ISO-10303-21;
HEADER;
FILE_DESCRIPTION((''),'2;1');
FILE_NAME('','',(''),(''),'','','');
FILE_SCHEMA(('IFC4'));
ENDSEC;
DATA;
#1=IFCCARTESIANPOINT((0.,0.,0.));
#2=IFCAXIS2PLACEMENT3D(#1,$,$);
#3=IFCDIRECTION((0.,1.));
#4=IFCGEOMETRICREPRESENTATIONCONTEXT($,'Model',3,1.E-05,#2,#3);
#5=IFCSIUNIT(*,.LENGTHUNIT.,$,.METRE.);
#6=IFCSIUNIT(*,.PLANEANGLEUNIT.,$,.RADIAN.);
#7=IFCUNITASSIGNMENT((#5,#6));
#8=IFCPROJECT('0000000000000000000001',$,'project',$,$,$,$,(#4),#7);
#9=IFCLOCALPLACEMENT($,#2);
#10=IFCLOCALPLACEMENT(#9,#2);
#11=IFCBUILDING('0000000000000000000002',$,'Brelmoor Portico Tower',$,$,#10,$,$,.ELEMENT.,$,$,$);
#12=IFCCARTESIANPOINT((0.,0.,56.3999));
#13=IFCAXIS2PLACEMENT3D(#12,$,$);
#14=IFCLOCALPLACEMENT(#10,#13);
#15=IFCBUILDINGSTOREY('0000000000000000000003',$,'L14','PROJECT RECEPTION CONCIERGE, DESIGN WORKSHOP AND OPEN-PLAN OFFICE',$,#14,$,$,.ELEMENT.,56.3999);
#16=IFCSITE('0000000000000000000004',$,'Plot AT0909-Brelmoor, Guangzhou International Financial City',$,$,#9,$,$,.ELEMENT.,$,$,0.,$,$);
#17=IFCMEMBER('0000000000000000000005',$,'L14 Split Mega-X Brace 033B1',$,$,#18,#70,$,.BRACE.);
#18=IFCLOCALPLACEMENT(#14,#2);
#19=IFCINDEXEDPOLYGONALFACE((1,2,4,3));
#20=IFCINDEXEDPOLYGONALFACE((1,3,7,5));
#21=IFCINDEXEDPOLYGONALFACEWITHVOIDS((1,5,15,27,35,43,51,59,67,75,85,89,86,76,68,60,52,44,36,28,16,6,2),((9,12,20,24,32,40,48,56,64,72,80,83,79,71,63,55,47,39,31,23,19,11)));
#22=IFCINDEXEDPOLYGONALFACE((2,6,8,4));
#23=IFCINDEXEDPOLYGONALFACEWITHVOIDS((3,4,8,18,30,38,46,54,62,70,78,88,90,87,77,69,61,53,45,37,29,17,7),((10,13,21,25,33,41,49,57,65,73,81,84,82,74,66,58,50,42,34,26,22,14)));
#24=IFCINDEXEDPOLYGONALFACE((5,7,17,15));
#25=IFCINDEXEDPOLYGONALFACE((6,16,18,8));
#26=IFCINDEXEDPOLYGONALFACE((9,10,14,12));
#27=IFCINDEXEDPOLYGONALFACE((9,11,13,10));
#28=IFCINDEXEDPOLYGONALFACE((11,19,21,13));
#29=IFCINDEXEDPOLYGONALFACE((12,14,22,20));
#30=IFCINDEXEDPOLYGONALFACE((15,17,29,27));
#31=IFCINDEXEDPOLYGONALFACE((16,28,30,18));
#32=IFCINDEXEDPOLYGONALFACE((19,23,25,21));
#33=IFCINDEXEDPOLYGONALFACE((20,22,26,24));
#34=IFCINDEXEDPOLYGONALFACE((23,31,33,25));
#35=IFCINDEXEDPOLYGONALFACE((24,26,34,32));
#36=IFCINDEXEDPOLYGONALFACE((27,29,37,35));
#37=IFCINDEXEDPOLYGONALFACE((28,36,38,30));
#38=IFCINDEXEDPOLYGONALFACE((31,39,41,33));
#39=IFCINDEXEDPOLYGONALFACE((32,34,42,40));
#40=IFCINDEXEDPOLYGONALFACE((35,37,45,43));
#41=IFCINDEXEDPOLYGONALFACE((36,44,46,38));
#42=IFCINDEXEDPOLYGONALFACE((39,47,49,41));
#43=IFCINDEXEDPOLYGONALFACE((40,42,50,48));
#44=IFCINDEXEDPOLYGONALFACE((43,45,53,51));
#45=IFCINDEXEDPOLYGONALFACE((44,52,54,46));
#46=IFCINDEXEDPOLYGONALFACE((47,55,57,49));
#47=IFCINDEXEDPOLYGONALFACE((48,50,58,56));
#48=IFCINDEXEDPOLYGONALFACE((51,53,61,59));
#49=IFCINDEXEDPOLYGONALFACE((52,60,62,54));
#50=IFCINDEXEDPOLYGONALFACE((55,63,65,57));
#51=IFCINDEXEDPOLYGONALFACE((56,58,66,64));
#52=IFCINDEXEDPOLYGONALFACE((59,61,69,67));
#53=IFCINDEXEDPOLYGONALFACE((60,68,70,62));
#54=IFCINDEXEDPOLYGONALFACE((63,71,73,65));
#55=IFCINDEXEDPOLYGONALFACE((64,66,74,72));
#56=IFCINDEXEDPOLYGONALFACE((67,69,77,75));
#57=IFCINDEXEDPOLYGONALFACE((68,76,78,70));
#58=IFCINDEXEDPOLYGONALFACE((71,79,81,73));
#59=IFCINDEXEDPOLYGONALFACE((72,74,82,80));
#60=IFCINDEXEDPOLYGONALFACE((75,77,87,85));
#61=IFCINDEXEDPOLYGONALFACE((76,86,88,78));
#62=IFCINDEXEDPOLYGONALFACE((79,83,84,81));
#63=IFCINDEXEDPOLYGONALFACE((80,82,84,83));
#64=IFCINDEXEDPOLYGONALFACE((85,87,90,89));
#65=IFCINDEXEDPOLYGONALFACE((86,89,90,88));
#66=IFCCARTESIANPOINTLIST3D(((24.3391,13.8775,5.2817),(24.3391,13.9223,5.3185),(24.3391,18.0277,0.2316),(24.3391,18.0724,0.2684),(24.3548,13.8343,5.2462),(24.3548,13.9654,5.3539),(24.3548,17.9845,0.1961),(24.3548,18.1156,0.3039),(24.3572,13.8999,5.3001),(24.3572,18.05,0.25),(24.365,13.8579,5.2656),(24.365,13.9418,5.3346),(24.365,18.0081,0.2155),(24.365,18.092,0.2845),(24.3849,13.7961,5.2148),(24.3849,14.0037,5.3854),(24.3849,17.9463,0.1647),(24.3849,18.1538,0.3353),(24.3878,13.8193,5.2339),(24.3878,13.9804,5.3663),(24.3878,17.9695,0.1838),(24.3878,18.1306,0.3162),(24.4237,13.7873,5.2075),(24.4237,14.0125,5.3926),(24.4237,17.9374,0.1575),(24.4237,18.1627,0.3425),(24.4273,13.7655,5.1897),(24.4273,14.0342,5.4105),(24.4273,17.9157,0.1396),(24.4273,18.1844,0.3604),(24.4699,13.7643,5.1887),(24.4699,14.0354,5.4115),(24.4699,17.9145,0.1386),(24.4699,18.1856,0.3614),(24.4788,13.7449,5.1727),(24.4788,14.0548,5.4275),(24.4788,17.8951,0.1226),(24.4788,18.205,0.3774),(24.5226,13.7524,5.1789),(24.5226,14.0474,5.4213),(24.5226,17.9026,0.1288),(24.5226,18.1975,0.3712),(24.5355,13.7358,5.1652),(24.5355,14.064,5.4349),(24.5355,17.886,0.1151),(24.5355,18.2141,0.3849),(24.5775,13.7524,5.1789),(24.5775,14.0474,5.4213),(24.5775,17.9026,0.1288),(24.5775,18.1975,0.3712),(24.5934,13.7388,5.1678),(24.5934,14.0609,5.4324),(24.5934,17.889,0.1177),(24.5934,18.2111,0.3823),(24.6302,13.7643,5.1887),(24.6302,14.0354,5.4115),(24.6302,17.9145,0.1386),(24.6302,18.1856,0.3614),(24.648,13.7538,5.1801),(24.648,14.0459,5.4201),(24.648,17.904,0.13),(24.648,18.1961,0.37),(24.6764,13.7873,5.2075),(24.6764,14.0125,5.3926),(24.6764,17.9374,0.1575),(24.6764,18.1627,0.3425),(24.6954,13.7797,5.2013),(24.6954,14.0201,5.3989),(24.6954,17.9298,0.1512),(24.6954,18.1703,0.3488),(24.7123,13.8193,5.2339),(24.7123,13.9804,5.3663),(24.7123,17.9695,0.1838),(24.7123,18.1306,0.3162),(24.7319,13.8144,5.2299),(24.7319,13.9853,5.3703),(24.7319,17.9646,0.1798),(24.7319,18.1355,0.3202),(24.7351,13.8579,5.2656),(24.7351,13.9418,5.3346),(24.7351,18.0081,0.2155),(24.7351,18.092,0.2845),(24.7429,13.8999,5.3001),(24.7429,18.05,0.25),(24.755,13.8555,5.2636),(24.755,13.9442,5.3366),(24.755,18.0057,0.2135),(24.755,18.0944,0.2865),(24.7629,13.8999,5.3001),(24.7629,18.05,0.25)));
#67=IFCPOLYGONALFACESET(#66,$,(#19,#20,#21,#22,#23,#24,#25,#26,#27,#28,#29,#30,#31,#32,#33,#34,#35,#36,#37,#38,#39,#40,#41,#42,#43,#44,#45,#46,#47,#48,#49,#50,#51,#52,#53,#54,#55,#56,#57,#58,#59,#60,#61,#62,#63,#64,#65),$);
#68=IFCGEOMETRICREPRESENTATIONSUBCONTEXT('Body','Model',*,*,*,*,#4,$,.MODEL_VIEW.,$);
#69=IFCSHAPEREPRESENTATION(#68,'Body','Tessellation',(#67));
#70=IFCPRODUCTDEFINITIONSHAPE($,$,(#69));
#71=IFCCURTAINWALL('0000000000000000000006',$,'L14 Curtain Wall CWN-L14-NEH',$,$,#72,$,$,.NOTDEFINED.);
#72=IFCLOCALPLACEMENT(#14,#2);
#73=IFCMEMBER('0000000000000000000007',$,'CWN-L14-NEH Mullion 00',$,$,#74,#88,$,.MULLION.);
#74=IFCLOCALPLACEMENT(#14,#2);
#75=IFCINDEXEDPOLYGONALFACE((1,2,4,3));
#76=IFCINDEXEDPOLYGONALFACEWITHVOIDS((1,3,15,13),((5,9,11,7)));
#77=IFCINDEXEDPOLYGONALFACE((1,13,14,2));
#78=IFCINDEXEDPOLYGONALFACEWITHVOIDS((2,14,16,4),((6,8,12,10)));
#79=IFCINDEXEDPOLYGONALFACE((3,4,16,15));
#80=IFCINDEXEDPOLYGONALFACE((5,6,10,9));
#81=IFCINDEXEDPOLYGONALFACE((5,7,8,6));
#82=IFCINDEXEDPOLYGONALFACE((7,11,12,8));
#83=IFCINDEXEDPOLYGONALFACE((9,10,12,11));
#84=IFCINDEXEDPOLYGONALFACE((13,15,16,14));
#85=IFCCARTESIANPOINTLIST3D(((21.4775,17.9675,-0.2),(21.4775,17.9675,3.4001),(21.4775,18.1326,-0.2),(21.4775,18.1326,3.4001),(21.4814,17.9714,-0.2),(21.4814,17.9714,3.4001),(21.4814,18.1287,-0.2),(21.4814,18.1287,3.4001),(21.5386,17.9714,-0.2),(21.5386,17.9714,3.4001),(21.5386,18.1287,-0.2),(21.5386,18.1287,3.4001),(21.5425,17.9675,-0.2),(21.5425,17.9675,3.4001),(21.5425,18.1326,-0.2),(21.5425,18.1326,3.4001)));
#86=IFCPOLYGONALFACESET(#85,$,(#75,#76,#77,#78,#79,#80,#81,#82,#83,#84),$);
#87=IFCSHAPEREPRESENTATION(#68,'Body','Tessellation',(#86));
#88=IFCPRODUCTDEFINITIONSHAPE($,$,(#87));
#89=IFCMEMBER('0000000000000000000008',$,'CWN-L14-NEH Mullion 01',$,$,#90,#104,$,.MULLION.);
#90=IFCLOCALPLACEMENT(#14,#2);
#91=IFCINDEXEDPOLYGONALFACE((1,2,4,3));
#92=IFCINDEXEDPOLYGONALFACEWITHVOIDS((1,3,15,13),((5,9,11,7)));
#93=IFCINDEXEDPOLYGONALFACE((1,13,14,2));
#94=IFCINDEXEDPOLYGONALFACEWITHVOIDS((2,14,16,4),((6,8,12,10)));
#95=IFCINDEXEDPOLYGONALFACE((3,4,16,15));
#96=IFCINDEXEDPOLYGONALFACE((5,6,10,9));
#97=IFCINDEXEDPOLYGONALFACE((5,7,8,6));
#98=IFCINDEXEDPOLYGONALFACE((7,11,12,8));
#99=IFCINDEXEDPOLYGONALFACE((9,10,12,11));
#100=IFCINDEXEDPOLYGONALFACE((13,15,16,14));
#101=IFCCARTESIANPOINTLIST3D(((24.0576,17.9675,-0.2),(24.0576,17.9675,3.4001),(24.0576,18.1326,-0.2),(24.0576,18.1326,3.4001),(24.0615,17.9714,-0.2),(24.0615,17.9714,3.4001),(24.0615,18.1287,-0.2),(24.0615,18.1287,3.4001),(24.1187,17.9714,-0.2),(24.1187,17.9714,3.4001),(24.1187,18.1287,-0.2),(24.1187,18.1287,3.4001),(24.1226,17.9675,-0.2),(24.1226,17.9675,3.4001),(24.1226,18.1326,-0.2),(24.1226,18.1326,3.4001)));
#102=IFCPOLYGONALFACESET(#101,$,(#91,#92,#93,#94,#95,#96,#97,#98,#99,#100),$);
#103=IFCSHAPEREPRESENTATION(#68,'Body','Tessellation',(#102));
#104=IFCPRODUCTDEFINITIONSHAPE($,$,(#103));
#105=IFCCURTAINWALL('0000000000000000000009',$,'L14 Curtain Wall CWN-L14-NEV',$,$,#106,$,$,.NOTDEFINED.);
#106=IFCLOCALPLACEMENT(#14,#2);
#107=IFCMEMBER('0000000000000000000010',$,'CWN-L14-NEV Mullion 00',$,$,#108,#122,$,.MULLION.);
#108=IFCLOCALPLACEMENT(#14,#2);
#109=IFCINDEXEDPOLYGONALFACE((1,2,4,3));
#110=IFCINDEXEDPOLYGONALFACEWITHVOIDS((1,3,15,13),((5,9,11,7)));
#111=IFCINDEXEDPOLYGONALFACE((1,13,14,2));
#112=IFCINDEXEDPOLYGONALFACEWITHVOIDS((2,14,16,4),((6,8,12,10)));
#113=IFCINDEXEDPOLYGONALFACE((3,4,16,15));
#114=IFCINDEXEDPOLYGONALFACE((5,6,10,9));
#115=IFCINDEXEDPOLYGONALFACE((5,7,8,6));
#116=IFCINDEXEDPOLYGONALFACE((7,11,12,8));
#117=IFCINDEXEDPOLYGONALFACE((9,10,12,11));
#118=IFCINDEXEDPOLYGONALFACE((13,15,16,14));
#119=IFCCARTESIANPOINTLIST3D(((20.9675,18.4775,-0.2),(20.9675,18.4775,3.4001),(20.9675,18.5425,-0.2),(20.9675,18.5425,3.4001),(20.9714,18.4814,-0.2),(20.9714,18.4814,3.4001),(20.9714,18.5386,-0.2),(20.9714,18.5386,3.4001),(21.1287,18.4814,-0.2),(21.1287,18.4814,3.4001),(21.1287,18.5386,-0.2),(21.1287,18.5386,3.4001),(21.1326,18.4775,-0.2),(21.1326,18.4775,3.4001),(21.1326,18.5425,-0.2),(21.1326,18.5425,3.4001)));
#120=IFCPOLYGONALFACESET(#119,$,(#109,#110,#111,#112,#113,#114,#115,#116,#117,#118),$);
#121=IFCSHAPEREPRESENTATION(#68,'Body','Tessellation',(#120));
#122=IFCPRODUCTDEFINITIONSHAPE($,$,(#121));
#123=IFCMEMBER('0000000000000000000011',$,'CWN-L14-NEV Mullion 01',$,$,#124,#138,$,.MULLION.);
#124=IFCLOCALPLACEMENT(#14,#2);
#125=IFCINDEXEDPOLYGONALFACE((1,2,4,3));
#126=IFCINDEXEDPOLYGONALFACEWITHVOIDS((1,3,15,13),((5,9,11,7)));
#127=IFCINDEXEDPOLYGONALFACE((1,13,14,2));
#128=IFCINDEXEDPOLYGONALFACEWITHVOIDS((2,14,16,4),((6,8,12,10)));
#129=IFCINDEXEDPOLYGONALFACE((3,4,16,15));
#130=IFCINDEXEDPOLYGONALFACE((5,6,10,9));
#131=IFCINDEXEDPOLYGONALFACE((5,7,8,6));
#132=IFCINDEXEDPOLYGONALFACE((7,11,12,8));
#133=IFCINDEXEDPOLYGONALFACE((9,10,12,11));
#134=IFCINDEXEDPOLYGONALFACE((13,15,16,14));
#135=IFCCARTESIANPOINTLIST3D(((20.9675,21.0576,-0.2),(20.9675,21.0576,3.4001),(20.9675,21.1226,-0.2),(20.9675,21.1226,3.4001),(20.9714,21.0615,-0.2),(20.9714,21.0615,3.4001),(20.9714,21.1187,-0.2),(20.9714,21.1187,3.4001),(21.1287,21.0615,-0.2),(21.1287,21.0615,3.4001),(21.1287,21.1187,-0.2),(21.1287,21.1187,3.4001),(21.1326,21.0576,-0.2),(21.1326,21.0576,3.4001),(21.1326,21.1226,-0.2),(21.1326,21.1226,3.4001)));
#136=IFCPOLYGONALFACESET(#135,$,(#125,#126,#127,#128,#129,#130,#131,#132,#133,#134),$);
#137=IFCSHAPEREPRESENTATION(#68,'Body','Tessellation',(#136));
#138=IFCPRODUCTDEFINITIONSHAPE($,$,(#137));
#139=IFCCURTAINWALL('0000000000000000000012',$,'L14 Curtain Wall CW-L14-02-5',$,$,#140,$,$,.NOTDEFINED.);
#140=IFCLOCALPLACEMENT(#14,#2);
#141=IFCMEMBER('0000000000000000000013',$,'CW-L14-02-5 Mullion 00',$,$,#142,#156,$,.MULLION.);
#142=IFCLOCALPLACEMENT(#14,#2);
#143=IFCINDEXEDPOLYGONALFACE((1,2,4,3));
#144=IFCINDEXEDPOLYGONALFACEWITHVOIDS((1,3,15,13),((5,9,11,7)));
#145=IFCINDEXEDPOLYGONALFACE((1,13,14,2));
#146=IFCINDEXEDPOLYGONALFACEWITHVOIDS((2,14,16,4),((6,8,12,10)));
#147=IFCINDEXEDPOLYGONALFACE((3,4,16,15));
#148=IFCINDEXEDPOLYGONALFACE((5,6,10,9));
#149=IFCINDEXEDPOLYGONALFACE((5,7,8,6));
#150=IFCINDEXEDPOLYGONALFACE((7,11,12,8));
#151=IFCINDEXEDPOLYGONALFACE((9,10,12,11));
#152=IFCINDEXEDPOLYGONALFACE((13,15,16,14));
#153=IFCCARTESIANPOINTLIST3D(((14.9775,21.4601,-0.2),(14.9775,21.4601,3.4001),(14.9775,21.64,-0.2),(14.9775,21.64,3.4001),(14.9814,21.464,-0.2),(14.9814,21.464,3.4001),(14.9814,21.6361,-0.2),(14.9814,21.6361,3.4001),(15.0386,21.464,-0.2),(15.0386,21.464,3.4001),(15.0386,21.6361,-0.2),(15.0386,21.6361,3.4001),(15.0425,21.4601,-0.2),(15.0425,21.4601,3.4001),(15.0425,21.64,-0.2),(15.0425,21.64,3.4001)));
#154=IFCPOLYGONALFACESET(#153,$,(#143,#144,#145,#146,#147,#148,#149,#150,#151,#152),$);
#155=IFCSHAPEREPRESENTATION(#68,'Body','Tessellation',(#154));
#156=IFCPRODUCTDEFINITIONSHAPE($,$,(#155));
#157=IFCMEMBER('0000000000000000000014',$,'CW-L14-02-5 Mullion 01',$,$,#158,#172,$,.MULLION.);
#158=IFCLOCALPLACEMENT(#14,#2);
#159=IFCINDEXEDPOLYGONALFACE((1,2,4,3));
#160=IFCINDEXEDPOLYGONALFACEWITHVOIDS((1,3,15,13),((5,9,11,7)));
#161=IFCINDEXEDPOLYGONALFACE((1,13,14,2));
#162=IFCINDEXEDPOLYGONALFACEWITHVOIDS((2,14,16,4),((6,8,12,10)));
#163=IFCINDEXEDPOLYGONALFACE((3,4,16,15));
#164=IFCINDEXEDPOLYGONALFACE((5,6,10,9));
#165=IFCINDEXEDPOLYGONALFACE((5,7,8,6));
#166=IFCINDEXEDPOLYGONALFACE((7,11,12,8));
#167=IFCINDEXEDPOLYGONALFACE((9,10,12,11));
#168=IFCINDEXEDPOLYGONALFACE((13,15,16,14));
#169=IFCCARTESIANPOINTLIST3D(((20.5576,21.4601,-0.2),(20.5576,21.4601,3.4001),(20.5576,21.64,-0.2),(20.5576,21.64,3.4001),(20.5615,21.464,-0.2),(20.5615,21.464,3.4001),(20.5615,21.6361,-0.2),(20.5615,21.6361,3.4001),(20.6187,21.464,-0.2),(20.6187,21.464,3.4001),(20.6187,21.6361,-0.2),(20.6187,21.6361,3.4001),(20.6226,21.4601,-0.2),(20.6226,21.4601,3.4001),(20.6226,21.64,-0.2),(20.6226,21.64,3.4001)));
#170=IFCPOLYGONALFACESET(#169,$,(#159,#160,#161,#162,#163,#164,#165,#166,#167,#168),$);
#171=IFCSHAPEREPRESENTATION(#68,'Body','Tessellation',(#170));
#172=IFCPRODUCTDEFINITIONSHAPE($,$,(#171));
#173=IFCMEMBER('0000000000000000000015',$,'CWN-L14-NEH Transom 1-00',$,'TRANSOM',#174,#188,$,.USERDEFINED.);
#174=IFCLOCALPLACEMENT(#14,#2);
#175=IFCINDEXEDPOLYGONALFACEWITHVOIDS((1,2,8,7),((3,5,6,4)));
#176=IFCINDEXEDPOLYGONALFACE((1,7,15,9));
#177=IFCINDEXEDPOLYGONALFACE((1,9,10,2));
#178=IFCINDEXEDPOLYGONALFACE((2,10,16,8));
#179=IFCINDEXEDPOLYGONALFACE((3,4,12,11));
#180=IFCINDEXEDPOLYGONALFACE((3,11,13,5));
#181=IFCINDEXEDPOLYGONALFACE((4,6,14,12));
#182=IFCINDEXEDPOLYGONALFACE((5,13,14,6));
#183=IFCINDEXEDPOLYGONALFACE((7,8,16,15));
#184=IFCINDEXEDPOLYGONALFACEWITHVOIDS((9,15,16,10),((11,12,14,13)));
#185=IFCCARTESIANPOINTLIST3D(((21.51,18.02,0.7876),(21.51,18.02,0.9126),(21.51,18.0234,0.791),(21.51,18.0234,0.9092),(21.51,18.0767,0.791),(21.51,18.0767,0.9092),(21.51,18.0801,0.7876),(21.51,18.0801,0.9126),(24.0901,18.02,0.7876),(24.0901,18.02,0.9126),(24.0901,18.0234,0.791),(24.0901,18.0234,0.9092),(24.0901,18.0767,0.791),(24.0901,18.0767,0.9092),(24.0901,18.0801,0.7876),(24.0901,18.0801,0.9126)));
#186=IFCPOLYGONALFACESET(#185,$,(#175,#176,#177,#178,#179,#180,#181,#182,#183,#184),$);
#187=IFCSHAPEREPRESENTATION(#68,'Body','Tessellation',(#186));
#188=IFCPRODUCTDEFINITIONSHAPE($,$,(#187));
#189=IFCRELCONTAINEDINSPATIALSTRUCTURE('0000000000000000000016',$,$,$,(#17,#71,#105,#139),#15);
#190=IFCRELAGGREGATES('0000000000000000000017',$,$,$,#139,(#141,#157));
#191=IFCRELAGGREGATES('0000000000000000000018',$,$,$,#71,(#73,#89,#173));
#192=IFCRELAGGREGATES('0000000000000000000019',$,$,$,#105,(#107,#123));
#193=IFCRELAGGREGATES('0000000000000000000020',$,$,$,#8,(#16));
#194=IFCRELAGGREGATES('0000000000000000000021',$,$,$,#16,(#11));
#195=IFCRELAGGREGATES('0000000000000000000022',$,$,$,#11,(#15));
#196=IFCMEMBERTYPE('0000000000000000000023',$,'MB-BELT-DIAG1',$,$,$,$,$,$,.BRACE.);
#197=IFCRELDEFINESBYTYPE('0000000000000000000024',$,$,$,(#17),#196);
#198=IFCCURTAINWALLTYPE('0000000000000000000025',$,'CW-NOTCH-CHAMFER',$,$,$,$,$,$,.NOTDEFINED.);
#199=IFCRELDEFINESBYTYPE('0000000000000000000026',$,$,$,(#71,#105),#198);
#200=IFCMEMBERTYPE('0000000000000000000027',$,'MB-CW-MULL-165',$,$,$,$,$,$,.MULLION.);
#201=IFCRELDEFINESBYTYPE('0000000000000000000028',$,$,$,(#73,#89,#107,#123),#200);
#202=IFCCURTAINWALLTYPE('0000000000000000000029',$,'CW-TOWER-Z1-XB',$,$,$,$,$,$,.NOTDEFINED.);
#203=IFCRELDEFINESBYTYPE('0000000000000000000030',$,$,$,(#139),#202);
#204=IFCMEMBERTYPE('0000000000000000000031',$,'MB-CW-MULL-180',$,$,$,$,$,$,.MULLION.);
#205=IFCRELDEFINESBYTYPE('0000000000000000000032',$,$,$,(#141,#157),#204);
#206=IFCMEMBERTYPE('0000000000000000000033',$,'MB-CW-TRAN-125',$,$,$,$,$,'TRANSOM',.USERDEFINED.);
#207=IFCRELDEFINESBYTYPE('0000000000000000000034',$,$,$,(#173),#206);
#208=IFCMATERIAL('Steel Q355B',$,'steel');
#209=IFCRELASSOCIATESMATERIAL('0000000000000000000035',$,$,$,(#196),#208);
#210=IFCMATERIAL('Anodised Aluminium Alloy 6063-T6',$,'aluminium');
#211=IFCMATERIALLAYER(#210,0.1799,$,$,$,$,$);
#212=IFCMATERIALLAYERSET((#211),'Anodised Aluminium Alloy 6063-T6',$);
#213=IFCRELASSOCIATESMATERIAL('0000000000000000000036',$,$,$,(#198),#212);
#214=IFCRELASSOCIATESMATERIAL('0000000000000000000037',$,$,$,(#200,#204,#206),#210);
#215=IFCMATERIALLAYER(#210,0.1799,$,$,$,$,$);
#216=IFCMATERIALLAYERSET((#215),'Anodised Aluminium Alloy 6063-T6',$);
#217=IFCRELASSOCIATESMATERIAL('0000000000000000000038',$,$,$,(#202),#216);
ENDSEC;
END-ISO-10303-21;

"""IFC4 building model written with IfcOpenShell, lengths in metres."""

from ifc_helpers import new_model, si_unit, direction, frame, origin, origin_2d, place, context, subcontext, project, spatial, hollow_rectangle, hollow_circle, extrude, material, layer, layer_set, material_profile, profile_set, type_object, element, aggregate, save


model = new_model("IFC4")

# Units and contexts
model_context = context("Model", 3, precision=1e-05, world=origin(), true_north=direction((0.0, 1.0)))
body_context = subcontext(model_context, "Body", "Model", "MODEL_VIEW")
ifc_project = project(units=[si_unit("LENGTHUNIT", "METRE"), si_unit("PLANEANGLEUNIT", "RADIAN")], contexts=[model_context])

# Site, building, storey
site_placement = place(None, origin())
site = spatial("IfcSite", under=ifc_project, at=site_placement, Name="Plot AT0909-Brelmoor, Guangzhou International Financial City", CompositionType="ELEMENT", RefElevation=0.0)
building_placement = place(site_placement, origin())
building = spatial("IfcBuilding", under=site, at=building_placement, Name="Brelmoor Portico Tower", CompositionType="ELEMENT")
storey_placement = place(building_placement, frame((0.0, 0.0, 56.3999)))
storey = spatial("IfcBuildingStorey", under=building, at=storey_placement, Name="L14", Description="PROJECT RECEPTION CONCIERGE, DESIGN WORKSHOP AND OPEN-PLAN OFFICE", CompositionType="ELEMENT", Elevation=56.3999)

# Shared definitions
ifc_material_1 = material(Name="Steel Q355B", Category="steel")

# Member
ifc_material_profile_1 = material_profile(ifc_material_1, hollow_circle(Radius=0.2129, WallThickness=0.02, at=origin_2d()), Name="CHS 426x20")
ifc_profile_set_1 = profile_set([ifc_material_profile_1], Name="Steel Q355B")
member_type_1 = type_object("IfcMemberType", Name="MB-BELT-DIAG1", PredefinedType="BRACE", material=ifc_profile_set_1)
member_1_placement = place(storey_placement, frame((24.55, 18.05, 0.25), z_axis=(0.0, -0.634912, 0.772584), x_axis=(1.0, 0.0, 0.0)))
element("IfcMember", 1, at=member_1_placement, inside=storey, type_object=member_type_1, Name="L14 Split Mega-X Brace 033B1", PredefinedType="BRACE", context=body_context, shape_type="SweptSolid", body=[
    extrude(hollow_circle(Radius=0.2129, WallThickness=0.02, at=origin_2d()), origin(), (0.0, 0.0, 1.0), 6.5366),
])

# Curtain walls, members
ifc_material_2 = material(Name="Anodised Aluminium Alloy 6063-T6", Category="aluminium")
ifc_layer_1 = layer(ifc_material_2, 0.1799)
ifc_layer_set_1 = layer_set([ifc_layer_1], Name="Anodised Aluminium Alloy 6063-T6")
curtain_wall_type_1 = type_object("IfcCurtainWallType", Name="CW-NOTCH-CHAMFER", PredefinedType="NOTDEFINED", material=ifc_layer_set_1)
curtain_wall_1_placement = place(storey_placement, origin())
curtain_wall_1 = element("IfcCurtainWall", 2, at=curtain_wall_1_placement, inside=storey, type_object=curtain_wall_type_1, Name="L14 Curtain Wall CWN-L14-NEH", PredefinedType="NOTDEFINED")
ifc_material_profile_2 = material_profile(ifc_material_2, hollow_rectangle(XDim=0.0649, YDim=0.165, WallThickness=0.0039, at=origin_2d()), Name="ALU MULLION 65x165")
ifc_profile_set_2 = profile_set([ifc_material_profile_2], Name="Anodised Aluminium Alloy 6063-T6")
member_type_2 = type_object("IfcMemberType", Name="MB-CW-MULL-165", PredefinedType="MULLION", material=ifc_profile_set_2)
member_2_placement = place(storey_placement, frame((21.51, 18.05, -0.2), z_axis=(0.0, 0.0, 1.0), x_axis=(1.0, 0.0, 0.0)))
member_2 = element("IfcMember", 3, at=member_2_placement, type_object=member_type_2, Name="CWN-L14-NEH Mullion 00", PredefinedType="MULLION", context=body_context, shape_type="SweptSolid", body=[
    extrude(hollow_rectangle(XDim=0.0649, YDim=0.165, WallThickness=0.0039, at=origin_2d()), origin(), (0.0, 0.0, 1.0), 3.6001),
])
member_3_placement = place(storey_placement, frame((24.0901, 18.05, -0.2), z_axis=(0.0, 0.0, 1.0), x_axis=(1.0, 0.0, 0.0)))
member_3 = element("IfcMember", 4, at=member_3_placement, type_object=member_type_2, Name="CWN-L14-NEH Mullion 01", PredefinedType="MULLION", context=body_context, shape_type="SweptSolid", body=[
    extrude(hollow_rectangle(XDim=0.0649, YDim=0.165, WallThickness=0.0039, at=origin_2d()), origin(), (0.0, 0.0, 1.0), 3.6001),
])
curtain_wall_2_placement = place(storey_placement, origin())
curtain_wall_2 = element("IfcCurtainWall", 5, at=curtain_wall_2_placement, inside=storey, type_object=curtain_wall_type_1, Name="L14 Curtain Wall CWN-L14-NEV", PredefinedType="NOTDEFINED")
member_4_placement = place(storey_placement, frame((21.05, 18.51, -0.2), z_axis=(0.0, 0.0, 1.0), x_axis=(0.0, 1.0, 0.0)))
member_4 = element("IfcMember", 6, at=member_4_placement, type_object=member_type_2, Name="CWN-L14-NEV Mullion 00", PredefinedType="MULLION", context=body_context, shape_type="SweptSolid", body=[
    extrude(hollow_rectangle(XDim=0.0649, YDim=0.165, WallThickness=0.0039, at=origin_2d()), origin(), (0.0, 0.0, 1.0), 3.6001),
])
member_5_placement = place(storey_placement, frame((21.05, 21.0901, -0.2), z_axis=(0.0, 0.0, 1.0), x_axis=(0.0, 1.0, 0.0)))
member_5 = element("IfcMember", 7, at=member_5_placement, type_object=member_type_2, Name="CWN-L14-NEV Mullion 01", PredefinedType="MULLION", context=body_context, shape_type="SweptSolid", body=[
    extrude(hollow_rectangle(XDim=0.0649, YDim=0.165, WallThickness=0.0039, at=origin_2d()), origin(), (0.0, 0.0, 1.0), 3.6001),
])
ifc_layer_2 = layer(ifc_material_2, 0.1799)
ifc_layer_set_2 = layer_set([ifc_layer_2], Name="Anodised Aluminium Alloy 6063-T6")
curtain_wall_type_2 = type_object("IfcCurtainWallType", Name="CW-TOWER-Z1-XB", PredefinedType="NOTDEFINED", material=ifc_layer_set_2)
curtain_wall_3_placement = place(storey_placement, origin())
curtain_wall_3 = element("IfcCurtainWall", 8, at=curtain_wall_3_placement, inside=storey, type_object=curtain_wall_type_2, Name="L14 Curtain Wall CW-L14-02-5", PredefinedType="NOTDEFINED")
ifc_material_profile_3 = material_profile(ifc_material_2, hollow_rectangle(XDim=0.0649, YDim=0.1799, WallThickness=0.0039, at=origin_2d()), Name="ALU MULLION 65x180")
ifc_profile_set_3 = profile_set([ifc_material_profile_3], Name="Anodised Aluminium Alloy 6063-T6")
member_type_3 = type_object("IfcMemberType", Name="MB-CW-MULL-180", PredefinedType="MULLION", material=ifc_profile_set_3)
member_6_placement = place(storey_placement, frame((15.01, 21.55, -0.2), z_axis=(0.0, 0.0, 1.0), x_axis=(1.0, 0.0, 0.0)))
member_6 = element("IfcMember", 9, at=member_6_placement, type_object=member_type_3, Name="CW-L14-02-5 Mullion 00", PredefinedType="MULLION", context=body_context, shape_type="SweptSolid", body=[
    extrude(hollow_rectangle(XDim=0.0649, YDim=0.1799, WallThickness=0.0039, at=origin_2d()), origin(), (0.0, 0.0, 1.0), 3.6001),
])
member_7_placement = place(storey_placement, frame((20.5901, 21.55, -0.2), z_axis=(0.0, 0.0, 1.0), x_axis=(1.0, 0.0, 0.0)))
member_7 = element("IfcMember", 10, at=member_7_placement, type_object=member_type_3, Name="CW-L14-02-5 Mullion 01", PredefinedType="MULLION", context=body_context, shape_type="SweptSolid", body=[
    extrude(hollow_rectangle(XDim=0.0649, YDim=0.1799, WallThickness=0.0039, at=origin_2d()), origin(), (0.0, 0.0, 1.0), 3.6001),
])

# Member
ifc_material_profile_4 = material_profile(ifc_material_2, hollow_rectangle(XDim=0.0601, YDim=0.125, WallThickness=0.0034, at=origin_2d()), Name="ALU TRANSOM 60x125")
ifc_profile_set_4 = profile_set([ifc_material_profile_4], Name="Anodised Aluminium Alloy 6063-T6")
member_type_4 = type_object("IfcMemberType", Name="MB-CW-TRAN-125", ElementType="TRANSOM", PredefinedType="USERDEFINED", material=ifc_profile_set_4)
member_8_placement = place(storey_placement, frame((21.51, 18.05, 0.8501), z_axis=(1.0, 0.0, 0.0), x_axis=(0.0, 1.0, 0.0)))
member_8 = element("IfcMember", 11, at=member_8_placement, type_object=member_type_4, Name="CWN-L14-NEH Transom 1-00", ObjectType="TRANSOM", PredefinedType="USERDEFINED", context=body_context, shape_type="SweptSolid", body=[
    extrude(hollow_rectangle(XDim=0.0601, YDim=0.125, WallThickness=0.0034, at=origin_2d()), origin(), (0.0, 0.0, 1.0), 2.5801),
])

aggregate(curtain_wall_3, [member_6, member_7])
aggregate(curtain_wall_1, [member_2, member_3, member_8])
aggregate(curtain_wall_2, [member_4, member_5])

save(model, "model.ifc")
